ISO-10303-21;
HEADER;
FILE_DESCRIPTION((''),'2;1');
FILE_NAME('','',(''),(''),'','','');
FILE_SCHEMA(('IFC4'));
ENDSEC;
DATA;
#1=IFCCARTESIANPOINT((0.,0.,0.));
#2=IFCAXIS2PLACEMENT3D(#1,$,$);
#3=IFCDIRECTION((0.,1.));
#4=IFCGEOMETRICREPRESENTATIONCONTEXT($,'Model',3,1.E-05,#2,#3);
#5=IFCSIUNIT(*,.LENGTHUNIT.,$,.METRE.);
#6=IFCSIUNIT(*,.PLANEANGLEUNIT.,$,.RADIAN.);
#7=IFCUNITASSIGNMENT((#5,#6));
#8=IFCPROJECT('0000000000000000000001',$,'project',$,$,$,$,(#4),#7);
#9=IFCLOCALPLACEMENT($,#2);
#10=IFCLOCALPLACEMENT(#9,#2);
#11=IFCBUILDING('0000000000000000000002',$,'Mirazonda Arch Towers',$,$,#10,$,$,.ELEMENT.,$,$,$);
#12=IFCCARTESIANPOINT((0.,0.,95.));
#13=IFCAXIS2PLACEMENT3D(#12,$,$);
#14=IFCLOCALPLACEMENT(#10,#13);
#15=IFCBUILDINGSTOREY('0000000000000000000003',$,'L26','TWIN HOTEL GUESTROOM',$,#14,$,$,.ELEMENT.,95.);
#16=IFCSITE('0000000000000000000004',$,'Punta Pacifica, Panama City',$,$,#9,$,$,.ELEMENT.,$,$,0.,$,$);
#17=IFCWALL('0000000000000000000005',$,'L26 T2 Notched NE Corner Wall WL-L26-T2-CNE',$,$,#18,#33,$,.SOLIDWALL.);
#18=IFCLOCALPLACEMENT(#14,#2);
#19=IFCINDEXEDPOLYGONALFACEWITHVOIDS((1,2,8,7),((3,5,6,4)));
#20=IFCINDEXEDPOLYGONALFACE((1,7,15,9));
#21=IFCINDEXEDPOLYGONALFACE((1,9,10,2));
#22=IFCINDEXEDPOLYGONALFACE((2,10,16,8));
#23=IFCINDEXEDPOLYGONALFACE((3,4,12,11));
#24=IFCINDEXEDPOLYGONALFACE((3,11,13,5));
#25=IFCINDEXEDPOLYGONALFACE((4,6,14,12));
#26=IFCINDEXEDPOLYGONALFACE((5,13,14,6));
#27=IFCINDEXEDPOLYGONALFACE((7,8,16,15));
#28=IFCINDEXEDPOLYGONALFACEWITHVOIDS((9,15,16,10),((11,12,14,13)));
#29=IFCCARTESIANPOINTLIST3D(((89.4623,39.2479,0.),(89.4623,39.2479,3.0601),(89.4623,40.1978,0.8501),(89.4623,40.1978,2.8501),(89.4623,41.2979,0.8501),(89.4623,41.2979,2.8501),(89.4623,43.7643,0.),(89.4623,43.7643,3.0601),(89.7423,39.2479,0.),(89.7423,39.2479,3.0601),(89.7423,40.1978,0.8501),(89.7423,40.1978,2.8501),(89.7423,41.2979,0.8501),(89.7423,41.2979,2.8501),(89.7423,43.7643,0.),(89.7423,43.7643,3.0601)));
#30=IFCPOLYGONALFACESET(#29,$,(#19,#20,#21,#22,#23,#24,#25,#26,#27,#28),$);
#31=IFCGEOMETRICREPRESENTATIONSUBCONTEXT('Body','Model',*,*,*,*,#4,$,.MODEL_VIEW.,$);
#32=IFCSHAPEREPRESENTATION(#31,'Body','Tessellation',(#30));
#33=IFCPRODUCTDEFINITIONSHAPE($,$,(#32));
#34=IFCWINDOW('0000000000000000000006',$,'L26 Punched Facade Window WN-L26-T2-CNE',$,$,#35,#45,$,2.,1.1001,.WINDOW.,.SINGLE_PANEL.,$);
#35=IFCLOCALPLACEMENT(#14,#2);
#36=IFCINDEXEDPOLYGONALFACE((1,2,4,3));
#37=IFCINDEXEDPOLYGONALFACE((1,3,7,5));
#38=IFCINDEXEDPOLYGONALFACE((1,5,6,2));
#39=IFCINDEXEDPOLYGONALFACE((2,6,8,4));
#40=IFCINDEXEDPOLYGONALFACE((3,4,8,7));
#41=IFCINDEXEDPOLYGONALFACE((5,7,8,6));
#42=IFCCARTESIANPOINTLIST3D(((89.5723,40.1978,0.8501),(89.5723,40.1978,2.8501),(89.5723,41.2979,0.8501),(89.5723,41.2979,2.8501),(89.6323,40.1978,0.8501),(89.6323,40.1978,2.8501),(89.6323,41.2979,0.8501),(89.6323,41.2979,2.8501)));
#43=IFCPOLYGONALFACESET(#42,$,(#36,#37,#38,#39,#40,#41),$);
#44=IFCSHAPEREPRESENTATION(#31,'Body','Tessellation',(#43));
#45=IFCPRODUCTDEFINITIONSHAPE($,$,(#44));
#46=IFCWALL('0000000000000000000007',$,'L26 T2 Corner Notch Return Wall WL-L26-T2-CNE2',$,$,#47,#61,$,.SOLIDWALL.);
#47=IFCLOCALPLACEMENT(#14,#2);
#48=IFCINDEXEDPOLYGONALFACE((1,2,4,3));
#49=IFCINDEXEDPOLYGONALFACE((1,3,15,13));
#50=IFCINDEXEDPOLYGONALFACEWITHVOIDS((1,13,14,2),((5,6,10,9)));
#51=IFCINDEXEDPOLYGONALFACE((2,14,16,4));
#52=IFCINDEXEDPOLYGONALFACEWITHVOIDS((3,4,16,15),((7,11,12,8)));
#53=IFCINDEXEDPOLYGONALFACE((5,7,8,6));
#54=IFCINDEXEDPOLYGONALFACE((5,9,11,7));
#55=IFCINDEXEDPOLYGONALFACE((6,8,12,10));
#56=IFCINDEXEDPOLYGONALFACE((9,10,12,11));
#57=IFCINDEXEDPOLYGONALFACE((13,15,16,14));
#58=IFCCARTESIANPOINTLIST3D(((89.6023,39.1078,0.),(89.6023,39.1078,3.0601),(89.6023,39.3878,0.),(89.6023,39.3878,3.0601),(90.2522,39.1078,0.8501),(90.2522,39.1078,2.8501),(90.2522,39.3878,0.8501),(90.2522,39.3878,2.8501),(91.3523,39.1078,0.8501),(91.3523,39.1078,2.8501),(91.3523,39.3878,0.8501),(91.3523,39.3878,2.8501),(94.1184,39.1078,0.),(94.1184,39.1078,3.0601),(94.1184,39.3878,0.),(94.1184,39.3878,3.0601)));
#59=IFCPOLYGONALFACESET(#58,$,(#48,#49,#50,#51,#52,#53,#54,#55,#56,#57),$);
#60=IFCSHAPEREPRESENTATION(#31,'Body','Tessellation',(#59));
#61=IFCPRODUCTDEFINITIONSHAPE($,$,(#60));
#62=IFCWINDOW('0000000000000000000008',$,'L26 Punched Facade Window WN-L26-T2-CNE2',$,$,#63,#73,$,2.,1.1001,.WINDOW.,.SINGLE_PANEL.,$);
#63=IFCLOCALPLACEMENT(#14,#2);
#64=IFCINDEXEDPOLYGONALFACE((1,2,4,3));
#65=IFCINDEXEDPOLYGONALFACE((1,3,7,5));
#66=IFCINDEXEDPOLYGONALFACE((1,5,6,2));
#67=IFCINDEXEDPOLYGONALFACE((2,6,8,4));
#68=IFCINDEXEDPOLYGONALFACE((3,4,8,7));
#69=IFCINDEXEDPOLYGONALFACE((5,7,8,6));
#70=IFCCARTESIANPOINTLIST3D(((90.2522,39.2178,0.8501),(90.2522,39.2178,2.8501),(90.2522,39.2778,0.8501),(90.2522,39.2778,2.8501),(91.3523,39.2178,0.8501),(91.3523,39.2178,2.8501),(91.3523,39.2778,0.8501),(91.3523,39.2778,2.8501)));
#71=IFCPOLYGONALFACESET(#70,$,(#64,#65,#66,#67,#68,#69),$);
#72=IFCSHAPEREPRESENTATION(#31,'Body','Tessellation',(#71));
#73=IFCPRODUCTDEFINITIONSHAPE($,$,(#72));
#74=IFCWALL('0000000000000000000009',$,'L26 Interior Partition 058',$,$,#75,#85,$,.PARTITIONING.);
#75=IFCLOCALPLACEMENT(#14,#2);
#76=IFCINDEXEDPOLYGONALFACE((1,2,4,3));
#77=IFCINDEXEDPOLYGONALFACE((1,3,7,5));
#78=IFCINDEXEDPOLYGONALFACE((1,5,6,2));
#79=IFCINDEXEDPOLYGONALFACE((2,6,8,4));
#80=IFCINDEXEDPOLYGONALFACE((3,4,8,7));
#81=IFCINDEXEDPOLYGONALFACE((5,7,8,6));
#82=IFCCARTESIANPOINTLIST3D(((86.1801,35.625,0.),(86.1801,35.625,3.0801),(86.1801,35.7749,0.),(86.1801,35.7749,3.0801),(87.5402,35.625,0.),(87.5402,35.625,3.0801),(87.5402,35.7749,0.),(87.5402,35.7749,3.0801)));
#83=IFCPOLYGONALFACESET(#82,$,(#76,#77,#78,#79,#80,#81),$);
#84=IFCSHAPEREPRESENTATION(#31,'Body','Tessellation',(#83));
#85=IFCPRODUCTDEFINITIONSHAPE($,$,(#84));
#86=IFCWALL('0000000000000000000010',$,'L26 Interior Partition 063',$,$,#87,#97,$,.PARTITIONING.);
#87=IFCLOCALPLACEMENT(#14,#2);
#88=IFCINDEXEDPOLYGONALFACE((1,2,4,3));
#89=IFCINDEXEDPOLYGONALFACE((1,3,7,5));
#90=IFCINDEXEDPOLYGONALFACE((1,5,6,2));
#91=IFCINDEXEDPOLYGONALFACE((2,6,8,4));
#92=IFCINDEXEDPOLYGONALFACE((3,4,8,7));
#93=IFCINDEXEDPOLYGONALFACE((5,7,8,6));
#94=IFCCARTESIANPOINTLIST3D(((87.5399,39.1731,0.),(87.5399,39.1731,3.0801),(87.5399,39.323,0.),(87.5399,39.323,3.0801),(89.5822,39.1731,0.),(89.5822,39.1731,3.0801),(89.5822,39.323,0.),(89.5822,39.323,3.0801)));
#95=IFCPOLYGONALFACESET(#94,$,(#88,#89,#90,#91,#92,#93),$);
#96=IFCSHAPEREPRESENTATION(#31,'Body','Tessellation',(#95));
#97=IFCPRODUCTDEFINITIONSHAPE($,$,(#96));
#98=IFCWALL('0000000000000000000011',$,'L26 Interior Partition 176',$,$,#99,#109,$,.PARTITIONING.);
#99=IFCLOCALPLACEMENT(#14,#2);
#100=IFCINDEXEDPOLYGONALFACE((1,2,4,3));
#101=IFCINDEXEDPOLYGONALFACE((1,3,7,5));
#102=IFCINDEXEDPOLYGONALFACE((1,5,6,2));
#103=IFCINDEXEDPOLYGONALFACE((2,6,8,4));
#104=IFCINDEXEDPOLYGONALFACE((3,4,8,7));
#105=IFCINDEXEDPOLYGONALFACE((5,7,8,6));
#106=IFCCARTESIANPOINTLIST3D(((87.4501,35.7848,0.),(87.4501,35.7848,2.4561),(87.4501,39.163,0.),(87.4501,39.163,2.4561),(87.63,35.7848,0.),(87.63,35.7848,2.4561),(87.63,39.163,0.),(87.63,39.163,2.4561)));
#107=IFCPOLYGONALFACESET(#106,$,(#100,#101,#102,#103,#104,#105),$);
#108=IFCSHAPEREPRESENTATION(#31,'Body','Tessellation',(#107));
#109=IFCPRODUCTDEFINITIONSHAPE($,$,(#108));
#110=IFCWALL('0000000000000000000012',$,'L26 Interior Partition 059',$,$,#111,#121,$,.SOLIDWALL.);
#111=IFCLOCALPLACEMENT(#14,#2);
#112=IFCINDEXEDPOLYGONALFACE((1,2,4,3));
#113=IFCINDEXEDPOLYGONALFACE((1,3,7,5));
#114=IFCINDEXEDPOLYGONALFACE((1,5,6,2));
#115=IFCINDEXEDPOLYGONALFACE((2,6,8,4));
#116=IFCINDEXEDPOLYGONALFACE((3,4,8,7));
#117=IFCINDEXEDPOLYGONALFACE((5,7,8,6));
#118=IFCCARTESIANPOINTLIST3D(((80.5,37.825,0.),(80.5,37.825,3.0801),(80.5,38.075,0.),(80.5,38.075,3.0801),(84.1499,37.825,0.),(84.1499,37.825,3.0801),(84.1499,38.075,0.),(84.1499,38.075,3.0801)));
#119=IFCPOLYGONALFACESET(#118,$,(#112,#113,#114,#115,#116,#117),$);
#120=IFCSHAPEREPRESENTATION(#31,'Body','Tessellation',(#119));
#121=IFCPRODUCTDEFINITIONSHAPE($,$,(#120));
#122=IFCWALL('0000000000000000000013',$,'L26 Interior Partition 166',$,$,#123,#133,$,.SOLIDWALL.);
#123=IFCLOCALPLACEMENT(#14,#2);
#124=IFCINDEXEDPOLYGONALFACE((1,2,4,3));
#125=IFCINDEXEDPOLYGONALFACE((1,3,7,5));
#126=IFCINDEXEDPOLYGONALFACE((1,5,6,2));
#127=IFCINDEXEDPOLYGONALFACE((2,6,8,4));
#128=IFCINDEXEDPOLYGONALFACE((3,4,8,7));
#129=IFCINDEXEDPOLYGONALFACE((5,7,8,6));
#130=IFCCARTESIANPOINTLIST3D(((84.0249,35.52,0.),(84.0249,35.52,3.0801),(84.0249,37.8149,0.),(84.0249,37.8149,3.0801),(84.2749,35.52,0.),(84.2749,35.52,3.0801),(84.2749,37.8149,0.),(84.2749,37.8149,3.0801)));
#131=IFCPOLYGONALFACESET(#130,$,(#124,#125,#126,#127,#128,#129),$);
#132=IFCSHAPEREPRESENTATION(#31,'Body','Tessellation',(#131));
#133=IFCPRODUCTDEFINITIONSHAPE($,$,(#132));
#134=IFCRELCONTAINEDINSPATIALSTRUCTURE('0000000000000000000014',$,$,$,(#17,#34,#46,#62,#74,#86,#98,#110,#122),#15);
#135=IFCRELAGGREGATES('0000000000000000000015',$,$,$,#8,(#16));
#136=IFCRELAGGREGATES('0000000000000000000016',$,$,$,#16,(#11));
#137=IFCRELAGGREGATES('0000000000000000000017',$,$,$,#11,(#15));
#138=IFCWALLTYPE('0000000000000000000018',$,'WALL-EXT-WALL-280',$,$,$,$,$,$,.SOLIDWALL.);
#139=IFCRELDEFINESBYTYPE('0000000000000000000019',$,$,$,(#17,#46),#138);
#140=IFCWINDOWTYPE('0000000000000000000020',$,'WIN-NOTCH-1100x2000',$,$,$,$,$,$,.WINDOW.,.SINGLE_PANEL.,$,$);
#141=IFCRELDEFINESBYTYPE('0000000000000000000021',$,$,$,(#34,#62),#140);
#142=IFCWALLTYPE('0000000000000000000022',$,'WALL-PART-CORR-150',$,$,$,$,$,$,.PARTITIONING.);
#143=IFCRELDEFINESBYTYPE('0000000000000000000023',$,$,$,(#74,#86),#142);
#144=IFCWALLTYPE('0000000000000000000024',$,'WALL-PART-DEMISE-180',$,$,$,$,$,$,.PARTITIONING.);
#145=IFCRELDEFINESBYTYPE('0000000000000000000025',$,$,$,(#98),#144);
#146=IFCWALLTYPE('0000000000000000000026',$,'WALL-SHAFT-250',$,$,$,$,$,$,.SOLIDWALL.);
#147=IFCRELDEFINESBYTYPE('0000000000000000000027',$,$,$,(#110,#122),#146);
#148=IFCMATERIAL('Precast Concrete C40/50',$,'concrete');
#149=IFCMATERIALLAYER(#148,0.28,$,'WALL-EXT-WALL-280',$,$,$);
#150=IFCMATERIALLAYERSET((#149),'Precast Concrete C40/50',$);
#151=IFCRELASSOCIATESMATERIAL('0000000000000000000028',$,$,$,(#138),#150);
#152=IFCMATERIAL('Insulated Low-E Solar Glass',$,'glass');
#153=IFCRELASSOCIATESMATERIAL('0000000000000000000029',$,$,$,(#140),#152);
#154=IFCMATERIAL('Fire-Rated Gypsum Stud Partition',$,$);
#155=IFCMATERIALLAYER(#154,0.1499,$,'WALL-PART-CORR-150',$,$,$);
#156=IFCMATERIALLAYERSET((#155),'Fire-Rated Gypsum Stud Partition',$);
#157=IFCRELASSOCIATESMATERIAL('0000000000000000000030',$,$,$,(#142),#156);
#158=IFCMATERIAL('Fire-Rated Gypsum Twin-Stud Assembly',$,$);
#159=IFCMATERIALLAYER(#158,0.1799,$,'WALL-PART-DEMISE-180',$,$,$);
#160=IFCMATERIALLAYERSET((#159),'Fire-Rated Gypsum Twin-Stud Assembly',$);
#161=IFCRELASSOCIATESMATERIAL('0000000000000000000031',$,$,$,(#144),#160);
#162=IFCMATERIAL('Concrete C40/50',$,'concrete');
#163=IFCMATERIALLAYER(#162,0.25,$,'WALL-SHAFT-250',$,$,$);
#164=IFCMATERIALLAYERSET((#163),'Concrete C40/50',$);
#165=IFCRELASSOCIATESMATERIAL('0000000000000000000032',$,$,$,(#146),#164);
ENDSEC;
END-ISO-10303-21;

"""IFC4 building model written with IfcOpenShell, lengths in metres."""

from ifc_helpers import new_model, si_unit, direction, frame, frame_2d, origin, place, context, subcontext, project, spatial, rectangle, extrude, material, layer, layer_set, type_object, element, fill, save


model = new_model("IFC4")

# Units and contexts
model_context = context("Model", 3, precision=1e-05, world=origin(), true_north=direction((0.0, 1.0)))
body_context = subcontext(model_context, "Body", "Model", "MODEL_VIEW")
ifc_project = project(units=[si_unit("LENGTHUNIT", "METRE"), si_unit("PLANEANGLEUNIT", "RADIAN")], contexts=[model_context])

# Site, building, storey
site_placement = place(None, origin())
site = spatial("IfcSite", under=ifc_project, at=site_placement, Name="Punta Pacifica, Panama City", CompositionType="ELEMENT", RefElevation=0.0)
building_placement = place(site_placement, origin())
building = spatial("IfcBuilding", under=site, at=building_placement, Name="Mirazonda Arch Towers", CompositionType="ELEMENT")
storey_placement = place(building_placement, frame((0.0, 0.0, 95.0)))
storey = spatial("IfcBuildingStorey", under=building, at=storey_placement, Name="L26", Description="TWIN HOTEL GUESTROOM", CompositionType="ELEMENT", Elevation=95.0)

# Shared definitions
ifc_material_1 = material(Name="Insulated Low-E Solar Glass", Category="glass")

# Walls, openings, windows
ifc_material_2 = material(Name="Precast Concrete C40/50", Category="concrete")
ifc_layer_1 = layer(ifc_material_2, 0.28, Name="WALL-EXT-WALL-280")
ifc_layer_set_1 = layer_set([ifc_layer_1], Name="Precast Concrete C40/50")
wall_type_1 = type_object("IfcWallType", Name="WALL-EXT-WALL-280", PredefinedType="SOLIDWALL", material=ifc_layer_set_1)
wall_1_placement = place(storey_placement, frame((89.6023, 39.2478, 0.0), z_axis=(0.0, 0.0, 1.0), x_axis=(0.0, 1.0, 0.0)))
wall_1 = element("IfcWall", 1, at=wall_1_placement, inside=storey, type_object=wall_type_1, Name="L26 T2 Notched NE Corner Wall WL-L26-T2-CNE", PredefinedType="SOLIDWALL", context=body_context, shape_type="SweptSolid", body=[
    extrude(rectangle(XDim=4.5164, YDim=0.28, at=frame_2d((2.2583, 0.0))), origin(), (0.0, 0.0, 1.0), 3.0601),
])
opening_1_placement = place(wall_1_placement, frame((0.95, 0.0, 0.8501)))
opening_1 = element("IfcOpeningElement", 2, at=opening_1_placement, cuts=wall_1, PredefinedType="OPENING", context=body_context, shape_type="SweptSolid", body=[
    extrude(rectangle(XDim=1.1001, YDim=2.0, at=frame_2d((0.55, 1.0))), frame((0.0, 0.1499, 0.0), z_axis=(0.0, -1.0, 0.0), x_axis=(1.0, 0.0, 0.0)), (0.0, 0.0, 1.0), 0.3),
])
window_type = type_object("IfcWindowType", Name="WIN-NOTCH-1100x2000", PartitioningType="SINGLE_PANEL", PredefinedType="WINDOW", material=ifc_material_1)
window_1_placement = place(opening_1_placement, origin())
window_1 = element("IfcWindow", 3, at=window_1_placement, inside=storey, type_object=window_type, Name="L26 Punched Facade Window WN-L26-T2-CNE", OverallHeight=2.0, OverallWidth=1.1001, PartitioningType="SINGLE_PANEL", PredefinedType="WINDOW", context=body_context, shape_type="SweptSolid", body=[
    extrude(rectangle(XDim=1.1001, YDim=2.0, at=frame_2d((0.55, 1.0))), frame((0.0, 0.03, 0.0), z_axis=(0.0, -1.0, 0.0), x_axis=(1.0, 0.0, 0.0)), (0.0, 0.0, 1.0), 0.0601),
])
fill(opening_1, window_1)
wall_2_placement = place(storey_placement, frame((94.1184, 39.2478, 0.0), z_axis=(0.0, 0.0, 1.0), x_axis=(-1.0, 0.0, 0.0)))
wall_2 = element("IfcWall", 4, at=wall_2_placement, inside=storey, type_object=wall_type_1, Name="L26 T2 Corner Notch Return Wall WL-L26-T2-CNE2", PredefinedType="SOLIDWALL", context=body_context, shape_type="SweptSolid", body=[
    extrude(rectangle(XDim=4.5161, YDim=0.28, at=frame_2d((2.2581, 0.0))), origin(), (0.0, 0.0, 1.0), 3.0601),
])
opening_2_placement = place(wall_2_placement, frame((2.7661, 0.0, 0.8501)))
opening_2 = element("IfcOpeningElement", 5, at=opening_2_placement, cuts=wall_2, PredefinedType="OPENING", context=body_context, shape_type="SweptSolid", body=[
    extrude(rectangle(XDim=1.1001, YDim=2.0, at=frame_2d((0.55, 1.0))), frame((0.0, 0.1499, 0.0), z_axis=(0.0, -1.0, 0.0), x_axis=(1.0, 0.0, 0.0)), (0.0, 0.0, 1.0), 0.3),
])
window_2_placement = place(opening_2_placement, origin())
window_2 = element("IfcWindow", 6, at=window_2_placement, inside=storey, type_object=window_type, Name="L26 Punched Facade Window WN-L26-T2-CNE2", OverallHeight=2.0, OverallWidth=1.1001, PartitioningType="SINGLE_PANEL", PredefinedType="WINDOW", context=body_context, shape_type="SweptSolid", body=[
    extrude(rectangle(XDim=1.1001, YDim=2.0, at=frame_2d((0.55, 1.0))), frame((0.0, 0.03, 0.0), z_axis=(0.0, -1.0, 0.0), x_axis=(1.0, 0.0, 0.0)), (0.0, 0.0, 1.0), 0.0601),
])
fill(opening_2, window_2)

# Walls
ifc_material_3 = material(Name="Fire-Rated Gypsum Stud Partition")
ifc_layer_2 = layer(ifc_material_3, 0.1499, Name="WALL-PART-CORR-150")
ifc_layer_set_2 = layer_set([ifc_layer_2], Name="Fire-Rated Gypsum Stud Partition")
wall_type_2 = type_object("IfcWallType", Name="WALL-PART-CORR-150", PredefinedType="PARTITIONING", material=ifc_layer_set_2)
wall_3_placement = place(storey_placement, frame((86.1799, 35.7, 0.0), z_axis=(0.0, 0.0, 1.0), x_axis=(1.0, 0.0, 0.0)))
element("IfcWall", 7, at=wall_3_placement, inside=storey, type_object=wall_type_2, Name="L26 Interior Partition 058", PredefinedType="PARTITIONING", context=body_context, shape_type="SweptSolid", body=[
    extrude(rectangle(XDim=1.3601, YDim=0.1499, at=frame_2d((0.6802, 0.0))), origin(), (0.0, 0.0, 1.0), 3.0801),
])
wall_4_placement = place(storey_placement, frame((87.54, 39.248, 0.0), z_axis=(0.0, 0.0, 1.0), x_axis=(1.0, 0.0, 0.0)))
element("IfcWall", 8, at=wall_4_placement, inside=storey, type_object=wall_type_2, Name="L26 Interior Partition 063", PredefinedType="PARTITIONING", context=body_context, shape_type="SweptSolid", body=[
    extrude(rectangle(XDim=2.0422, YDim=0.1499, at=frame_2d((1.021, 0.0))), origin(), (0.0, 0.0, 1.0), 3.0801),
])
ifc_material_4 = material(Name="Fire-Rated Gypsum Twin-Stud Assembly")
ifc_layer_3 = layer(ifc_material_4, 0.1799, Name="WALL-PART-DEMISE-180")
ifc_layer_set_3 = layer_set([ifc_layer_3], Name="Fire-Rated Gypsum Twin-Stud Assembly")
wall_type_3 = type_object("IfcWallType", Name="WALL-PART-DEMISE-180", PredefinedType="PARTITIONING", material=ifc_layer_set_3)
wall_5_placement = place(storey_placement, frame((87.54, 35.7849, 0.0), z_axis=(0.0, 0.0, 1.0), x_axis=(0.0, 1.0, 0.0)))
element("IfcWall", 9, at=wall_5_placement, inside=storey, type_object=wall_type_3, Name="L26 Interior Partition 176", PredefinedType="PARTITIONING", context=body_context, shape_type="SweptSolid", body=[
    extrude(rectangle(XDim=3.3782, YDim=0.1799, at=frame_2d((1.689, 0.0))), origin(), (0.0, 0.0, 1.0), 2.4561),
])
ifc_material_5 = material(Name="Concrete C40/50", Category="concrete")
ifc_layer_4 = layer(ifc_material_5, 0.25, Name="WALL-SHAFT-250")
ifc_layer_set_4 = layer_set([ifc_layer_4], Name="Concrete C40/50")
wall_type_4 = type_object("IfcWallType", Name="WALL-SHAFT-250", PredefinedType="SOLIDWALL", material=ifc_layer_set_4)
wall_6_placement = place(storey_placement, frame((80.5, 37.95, 0.0), z_axis=(0.0, 0.0, 1.0), x_axis=(1.0, 0.0, 0.0)))
element("IfcWall", 10, at=wall_6_placement, inside=storey, type_object=wall_type_4, Name="L26 Interior Partition 059", PredefinedType="SOLIDWALL", context=body_context, shape_type="SweptSolid", body=[
    extrude(rectangle(XDim=3.6499, YDim=0.25, at=frame_2d((1.825, 0.0))), origin(), (0.0, 0.0, 1.0), 3.0801),
])
wall_7_placement = place(storey_placement, frame((84.1499, 35.52, 0.0), z_axis=(0.0, 0.0, 1.0), x_axis=(0.0, 1.0, 0.0)))
element("IfcWall", 11, at=wall_7_placement, inside=storey, type_object=wall_type_4, Name="L26 Interior Partition 166", PredefinedType="SOLIDWALL", context=body_context, shape_type="SweptSolid", body=[
    extrude(rectangle(XDim=2.2949, YDim=0.25, at=frame_2d((1.1475, 0.0))), origin(), (0.0, 0.0, 1.0), 3.0801),
])

save(model, "model.ifc")
